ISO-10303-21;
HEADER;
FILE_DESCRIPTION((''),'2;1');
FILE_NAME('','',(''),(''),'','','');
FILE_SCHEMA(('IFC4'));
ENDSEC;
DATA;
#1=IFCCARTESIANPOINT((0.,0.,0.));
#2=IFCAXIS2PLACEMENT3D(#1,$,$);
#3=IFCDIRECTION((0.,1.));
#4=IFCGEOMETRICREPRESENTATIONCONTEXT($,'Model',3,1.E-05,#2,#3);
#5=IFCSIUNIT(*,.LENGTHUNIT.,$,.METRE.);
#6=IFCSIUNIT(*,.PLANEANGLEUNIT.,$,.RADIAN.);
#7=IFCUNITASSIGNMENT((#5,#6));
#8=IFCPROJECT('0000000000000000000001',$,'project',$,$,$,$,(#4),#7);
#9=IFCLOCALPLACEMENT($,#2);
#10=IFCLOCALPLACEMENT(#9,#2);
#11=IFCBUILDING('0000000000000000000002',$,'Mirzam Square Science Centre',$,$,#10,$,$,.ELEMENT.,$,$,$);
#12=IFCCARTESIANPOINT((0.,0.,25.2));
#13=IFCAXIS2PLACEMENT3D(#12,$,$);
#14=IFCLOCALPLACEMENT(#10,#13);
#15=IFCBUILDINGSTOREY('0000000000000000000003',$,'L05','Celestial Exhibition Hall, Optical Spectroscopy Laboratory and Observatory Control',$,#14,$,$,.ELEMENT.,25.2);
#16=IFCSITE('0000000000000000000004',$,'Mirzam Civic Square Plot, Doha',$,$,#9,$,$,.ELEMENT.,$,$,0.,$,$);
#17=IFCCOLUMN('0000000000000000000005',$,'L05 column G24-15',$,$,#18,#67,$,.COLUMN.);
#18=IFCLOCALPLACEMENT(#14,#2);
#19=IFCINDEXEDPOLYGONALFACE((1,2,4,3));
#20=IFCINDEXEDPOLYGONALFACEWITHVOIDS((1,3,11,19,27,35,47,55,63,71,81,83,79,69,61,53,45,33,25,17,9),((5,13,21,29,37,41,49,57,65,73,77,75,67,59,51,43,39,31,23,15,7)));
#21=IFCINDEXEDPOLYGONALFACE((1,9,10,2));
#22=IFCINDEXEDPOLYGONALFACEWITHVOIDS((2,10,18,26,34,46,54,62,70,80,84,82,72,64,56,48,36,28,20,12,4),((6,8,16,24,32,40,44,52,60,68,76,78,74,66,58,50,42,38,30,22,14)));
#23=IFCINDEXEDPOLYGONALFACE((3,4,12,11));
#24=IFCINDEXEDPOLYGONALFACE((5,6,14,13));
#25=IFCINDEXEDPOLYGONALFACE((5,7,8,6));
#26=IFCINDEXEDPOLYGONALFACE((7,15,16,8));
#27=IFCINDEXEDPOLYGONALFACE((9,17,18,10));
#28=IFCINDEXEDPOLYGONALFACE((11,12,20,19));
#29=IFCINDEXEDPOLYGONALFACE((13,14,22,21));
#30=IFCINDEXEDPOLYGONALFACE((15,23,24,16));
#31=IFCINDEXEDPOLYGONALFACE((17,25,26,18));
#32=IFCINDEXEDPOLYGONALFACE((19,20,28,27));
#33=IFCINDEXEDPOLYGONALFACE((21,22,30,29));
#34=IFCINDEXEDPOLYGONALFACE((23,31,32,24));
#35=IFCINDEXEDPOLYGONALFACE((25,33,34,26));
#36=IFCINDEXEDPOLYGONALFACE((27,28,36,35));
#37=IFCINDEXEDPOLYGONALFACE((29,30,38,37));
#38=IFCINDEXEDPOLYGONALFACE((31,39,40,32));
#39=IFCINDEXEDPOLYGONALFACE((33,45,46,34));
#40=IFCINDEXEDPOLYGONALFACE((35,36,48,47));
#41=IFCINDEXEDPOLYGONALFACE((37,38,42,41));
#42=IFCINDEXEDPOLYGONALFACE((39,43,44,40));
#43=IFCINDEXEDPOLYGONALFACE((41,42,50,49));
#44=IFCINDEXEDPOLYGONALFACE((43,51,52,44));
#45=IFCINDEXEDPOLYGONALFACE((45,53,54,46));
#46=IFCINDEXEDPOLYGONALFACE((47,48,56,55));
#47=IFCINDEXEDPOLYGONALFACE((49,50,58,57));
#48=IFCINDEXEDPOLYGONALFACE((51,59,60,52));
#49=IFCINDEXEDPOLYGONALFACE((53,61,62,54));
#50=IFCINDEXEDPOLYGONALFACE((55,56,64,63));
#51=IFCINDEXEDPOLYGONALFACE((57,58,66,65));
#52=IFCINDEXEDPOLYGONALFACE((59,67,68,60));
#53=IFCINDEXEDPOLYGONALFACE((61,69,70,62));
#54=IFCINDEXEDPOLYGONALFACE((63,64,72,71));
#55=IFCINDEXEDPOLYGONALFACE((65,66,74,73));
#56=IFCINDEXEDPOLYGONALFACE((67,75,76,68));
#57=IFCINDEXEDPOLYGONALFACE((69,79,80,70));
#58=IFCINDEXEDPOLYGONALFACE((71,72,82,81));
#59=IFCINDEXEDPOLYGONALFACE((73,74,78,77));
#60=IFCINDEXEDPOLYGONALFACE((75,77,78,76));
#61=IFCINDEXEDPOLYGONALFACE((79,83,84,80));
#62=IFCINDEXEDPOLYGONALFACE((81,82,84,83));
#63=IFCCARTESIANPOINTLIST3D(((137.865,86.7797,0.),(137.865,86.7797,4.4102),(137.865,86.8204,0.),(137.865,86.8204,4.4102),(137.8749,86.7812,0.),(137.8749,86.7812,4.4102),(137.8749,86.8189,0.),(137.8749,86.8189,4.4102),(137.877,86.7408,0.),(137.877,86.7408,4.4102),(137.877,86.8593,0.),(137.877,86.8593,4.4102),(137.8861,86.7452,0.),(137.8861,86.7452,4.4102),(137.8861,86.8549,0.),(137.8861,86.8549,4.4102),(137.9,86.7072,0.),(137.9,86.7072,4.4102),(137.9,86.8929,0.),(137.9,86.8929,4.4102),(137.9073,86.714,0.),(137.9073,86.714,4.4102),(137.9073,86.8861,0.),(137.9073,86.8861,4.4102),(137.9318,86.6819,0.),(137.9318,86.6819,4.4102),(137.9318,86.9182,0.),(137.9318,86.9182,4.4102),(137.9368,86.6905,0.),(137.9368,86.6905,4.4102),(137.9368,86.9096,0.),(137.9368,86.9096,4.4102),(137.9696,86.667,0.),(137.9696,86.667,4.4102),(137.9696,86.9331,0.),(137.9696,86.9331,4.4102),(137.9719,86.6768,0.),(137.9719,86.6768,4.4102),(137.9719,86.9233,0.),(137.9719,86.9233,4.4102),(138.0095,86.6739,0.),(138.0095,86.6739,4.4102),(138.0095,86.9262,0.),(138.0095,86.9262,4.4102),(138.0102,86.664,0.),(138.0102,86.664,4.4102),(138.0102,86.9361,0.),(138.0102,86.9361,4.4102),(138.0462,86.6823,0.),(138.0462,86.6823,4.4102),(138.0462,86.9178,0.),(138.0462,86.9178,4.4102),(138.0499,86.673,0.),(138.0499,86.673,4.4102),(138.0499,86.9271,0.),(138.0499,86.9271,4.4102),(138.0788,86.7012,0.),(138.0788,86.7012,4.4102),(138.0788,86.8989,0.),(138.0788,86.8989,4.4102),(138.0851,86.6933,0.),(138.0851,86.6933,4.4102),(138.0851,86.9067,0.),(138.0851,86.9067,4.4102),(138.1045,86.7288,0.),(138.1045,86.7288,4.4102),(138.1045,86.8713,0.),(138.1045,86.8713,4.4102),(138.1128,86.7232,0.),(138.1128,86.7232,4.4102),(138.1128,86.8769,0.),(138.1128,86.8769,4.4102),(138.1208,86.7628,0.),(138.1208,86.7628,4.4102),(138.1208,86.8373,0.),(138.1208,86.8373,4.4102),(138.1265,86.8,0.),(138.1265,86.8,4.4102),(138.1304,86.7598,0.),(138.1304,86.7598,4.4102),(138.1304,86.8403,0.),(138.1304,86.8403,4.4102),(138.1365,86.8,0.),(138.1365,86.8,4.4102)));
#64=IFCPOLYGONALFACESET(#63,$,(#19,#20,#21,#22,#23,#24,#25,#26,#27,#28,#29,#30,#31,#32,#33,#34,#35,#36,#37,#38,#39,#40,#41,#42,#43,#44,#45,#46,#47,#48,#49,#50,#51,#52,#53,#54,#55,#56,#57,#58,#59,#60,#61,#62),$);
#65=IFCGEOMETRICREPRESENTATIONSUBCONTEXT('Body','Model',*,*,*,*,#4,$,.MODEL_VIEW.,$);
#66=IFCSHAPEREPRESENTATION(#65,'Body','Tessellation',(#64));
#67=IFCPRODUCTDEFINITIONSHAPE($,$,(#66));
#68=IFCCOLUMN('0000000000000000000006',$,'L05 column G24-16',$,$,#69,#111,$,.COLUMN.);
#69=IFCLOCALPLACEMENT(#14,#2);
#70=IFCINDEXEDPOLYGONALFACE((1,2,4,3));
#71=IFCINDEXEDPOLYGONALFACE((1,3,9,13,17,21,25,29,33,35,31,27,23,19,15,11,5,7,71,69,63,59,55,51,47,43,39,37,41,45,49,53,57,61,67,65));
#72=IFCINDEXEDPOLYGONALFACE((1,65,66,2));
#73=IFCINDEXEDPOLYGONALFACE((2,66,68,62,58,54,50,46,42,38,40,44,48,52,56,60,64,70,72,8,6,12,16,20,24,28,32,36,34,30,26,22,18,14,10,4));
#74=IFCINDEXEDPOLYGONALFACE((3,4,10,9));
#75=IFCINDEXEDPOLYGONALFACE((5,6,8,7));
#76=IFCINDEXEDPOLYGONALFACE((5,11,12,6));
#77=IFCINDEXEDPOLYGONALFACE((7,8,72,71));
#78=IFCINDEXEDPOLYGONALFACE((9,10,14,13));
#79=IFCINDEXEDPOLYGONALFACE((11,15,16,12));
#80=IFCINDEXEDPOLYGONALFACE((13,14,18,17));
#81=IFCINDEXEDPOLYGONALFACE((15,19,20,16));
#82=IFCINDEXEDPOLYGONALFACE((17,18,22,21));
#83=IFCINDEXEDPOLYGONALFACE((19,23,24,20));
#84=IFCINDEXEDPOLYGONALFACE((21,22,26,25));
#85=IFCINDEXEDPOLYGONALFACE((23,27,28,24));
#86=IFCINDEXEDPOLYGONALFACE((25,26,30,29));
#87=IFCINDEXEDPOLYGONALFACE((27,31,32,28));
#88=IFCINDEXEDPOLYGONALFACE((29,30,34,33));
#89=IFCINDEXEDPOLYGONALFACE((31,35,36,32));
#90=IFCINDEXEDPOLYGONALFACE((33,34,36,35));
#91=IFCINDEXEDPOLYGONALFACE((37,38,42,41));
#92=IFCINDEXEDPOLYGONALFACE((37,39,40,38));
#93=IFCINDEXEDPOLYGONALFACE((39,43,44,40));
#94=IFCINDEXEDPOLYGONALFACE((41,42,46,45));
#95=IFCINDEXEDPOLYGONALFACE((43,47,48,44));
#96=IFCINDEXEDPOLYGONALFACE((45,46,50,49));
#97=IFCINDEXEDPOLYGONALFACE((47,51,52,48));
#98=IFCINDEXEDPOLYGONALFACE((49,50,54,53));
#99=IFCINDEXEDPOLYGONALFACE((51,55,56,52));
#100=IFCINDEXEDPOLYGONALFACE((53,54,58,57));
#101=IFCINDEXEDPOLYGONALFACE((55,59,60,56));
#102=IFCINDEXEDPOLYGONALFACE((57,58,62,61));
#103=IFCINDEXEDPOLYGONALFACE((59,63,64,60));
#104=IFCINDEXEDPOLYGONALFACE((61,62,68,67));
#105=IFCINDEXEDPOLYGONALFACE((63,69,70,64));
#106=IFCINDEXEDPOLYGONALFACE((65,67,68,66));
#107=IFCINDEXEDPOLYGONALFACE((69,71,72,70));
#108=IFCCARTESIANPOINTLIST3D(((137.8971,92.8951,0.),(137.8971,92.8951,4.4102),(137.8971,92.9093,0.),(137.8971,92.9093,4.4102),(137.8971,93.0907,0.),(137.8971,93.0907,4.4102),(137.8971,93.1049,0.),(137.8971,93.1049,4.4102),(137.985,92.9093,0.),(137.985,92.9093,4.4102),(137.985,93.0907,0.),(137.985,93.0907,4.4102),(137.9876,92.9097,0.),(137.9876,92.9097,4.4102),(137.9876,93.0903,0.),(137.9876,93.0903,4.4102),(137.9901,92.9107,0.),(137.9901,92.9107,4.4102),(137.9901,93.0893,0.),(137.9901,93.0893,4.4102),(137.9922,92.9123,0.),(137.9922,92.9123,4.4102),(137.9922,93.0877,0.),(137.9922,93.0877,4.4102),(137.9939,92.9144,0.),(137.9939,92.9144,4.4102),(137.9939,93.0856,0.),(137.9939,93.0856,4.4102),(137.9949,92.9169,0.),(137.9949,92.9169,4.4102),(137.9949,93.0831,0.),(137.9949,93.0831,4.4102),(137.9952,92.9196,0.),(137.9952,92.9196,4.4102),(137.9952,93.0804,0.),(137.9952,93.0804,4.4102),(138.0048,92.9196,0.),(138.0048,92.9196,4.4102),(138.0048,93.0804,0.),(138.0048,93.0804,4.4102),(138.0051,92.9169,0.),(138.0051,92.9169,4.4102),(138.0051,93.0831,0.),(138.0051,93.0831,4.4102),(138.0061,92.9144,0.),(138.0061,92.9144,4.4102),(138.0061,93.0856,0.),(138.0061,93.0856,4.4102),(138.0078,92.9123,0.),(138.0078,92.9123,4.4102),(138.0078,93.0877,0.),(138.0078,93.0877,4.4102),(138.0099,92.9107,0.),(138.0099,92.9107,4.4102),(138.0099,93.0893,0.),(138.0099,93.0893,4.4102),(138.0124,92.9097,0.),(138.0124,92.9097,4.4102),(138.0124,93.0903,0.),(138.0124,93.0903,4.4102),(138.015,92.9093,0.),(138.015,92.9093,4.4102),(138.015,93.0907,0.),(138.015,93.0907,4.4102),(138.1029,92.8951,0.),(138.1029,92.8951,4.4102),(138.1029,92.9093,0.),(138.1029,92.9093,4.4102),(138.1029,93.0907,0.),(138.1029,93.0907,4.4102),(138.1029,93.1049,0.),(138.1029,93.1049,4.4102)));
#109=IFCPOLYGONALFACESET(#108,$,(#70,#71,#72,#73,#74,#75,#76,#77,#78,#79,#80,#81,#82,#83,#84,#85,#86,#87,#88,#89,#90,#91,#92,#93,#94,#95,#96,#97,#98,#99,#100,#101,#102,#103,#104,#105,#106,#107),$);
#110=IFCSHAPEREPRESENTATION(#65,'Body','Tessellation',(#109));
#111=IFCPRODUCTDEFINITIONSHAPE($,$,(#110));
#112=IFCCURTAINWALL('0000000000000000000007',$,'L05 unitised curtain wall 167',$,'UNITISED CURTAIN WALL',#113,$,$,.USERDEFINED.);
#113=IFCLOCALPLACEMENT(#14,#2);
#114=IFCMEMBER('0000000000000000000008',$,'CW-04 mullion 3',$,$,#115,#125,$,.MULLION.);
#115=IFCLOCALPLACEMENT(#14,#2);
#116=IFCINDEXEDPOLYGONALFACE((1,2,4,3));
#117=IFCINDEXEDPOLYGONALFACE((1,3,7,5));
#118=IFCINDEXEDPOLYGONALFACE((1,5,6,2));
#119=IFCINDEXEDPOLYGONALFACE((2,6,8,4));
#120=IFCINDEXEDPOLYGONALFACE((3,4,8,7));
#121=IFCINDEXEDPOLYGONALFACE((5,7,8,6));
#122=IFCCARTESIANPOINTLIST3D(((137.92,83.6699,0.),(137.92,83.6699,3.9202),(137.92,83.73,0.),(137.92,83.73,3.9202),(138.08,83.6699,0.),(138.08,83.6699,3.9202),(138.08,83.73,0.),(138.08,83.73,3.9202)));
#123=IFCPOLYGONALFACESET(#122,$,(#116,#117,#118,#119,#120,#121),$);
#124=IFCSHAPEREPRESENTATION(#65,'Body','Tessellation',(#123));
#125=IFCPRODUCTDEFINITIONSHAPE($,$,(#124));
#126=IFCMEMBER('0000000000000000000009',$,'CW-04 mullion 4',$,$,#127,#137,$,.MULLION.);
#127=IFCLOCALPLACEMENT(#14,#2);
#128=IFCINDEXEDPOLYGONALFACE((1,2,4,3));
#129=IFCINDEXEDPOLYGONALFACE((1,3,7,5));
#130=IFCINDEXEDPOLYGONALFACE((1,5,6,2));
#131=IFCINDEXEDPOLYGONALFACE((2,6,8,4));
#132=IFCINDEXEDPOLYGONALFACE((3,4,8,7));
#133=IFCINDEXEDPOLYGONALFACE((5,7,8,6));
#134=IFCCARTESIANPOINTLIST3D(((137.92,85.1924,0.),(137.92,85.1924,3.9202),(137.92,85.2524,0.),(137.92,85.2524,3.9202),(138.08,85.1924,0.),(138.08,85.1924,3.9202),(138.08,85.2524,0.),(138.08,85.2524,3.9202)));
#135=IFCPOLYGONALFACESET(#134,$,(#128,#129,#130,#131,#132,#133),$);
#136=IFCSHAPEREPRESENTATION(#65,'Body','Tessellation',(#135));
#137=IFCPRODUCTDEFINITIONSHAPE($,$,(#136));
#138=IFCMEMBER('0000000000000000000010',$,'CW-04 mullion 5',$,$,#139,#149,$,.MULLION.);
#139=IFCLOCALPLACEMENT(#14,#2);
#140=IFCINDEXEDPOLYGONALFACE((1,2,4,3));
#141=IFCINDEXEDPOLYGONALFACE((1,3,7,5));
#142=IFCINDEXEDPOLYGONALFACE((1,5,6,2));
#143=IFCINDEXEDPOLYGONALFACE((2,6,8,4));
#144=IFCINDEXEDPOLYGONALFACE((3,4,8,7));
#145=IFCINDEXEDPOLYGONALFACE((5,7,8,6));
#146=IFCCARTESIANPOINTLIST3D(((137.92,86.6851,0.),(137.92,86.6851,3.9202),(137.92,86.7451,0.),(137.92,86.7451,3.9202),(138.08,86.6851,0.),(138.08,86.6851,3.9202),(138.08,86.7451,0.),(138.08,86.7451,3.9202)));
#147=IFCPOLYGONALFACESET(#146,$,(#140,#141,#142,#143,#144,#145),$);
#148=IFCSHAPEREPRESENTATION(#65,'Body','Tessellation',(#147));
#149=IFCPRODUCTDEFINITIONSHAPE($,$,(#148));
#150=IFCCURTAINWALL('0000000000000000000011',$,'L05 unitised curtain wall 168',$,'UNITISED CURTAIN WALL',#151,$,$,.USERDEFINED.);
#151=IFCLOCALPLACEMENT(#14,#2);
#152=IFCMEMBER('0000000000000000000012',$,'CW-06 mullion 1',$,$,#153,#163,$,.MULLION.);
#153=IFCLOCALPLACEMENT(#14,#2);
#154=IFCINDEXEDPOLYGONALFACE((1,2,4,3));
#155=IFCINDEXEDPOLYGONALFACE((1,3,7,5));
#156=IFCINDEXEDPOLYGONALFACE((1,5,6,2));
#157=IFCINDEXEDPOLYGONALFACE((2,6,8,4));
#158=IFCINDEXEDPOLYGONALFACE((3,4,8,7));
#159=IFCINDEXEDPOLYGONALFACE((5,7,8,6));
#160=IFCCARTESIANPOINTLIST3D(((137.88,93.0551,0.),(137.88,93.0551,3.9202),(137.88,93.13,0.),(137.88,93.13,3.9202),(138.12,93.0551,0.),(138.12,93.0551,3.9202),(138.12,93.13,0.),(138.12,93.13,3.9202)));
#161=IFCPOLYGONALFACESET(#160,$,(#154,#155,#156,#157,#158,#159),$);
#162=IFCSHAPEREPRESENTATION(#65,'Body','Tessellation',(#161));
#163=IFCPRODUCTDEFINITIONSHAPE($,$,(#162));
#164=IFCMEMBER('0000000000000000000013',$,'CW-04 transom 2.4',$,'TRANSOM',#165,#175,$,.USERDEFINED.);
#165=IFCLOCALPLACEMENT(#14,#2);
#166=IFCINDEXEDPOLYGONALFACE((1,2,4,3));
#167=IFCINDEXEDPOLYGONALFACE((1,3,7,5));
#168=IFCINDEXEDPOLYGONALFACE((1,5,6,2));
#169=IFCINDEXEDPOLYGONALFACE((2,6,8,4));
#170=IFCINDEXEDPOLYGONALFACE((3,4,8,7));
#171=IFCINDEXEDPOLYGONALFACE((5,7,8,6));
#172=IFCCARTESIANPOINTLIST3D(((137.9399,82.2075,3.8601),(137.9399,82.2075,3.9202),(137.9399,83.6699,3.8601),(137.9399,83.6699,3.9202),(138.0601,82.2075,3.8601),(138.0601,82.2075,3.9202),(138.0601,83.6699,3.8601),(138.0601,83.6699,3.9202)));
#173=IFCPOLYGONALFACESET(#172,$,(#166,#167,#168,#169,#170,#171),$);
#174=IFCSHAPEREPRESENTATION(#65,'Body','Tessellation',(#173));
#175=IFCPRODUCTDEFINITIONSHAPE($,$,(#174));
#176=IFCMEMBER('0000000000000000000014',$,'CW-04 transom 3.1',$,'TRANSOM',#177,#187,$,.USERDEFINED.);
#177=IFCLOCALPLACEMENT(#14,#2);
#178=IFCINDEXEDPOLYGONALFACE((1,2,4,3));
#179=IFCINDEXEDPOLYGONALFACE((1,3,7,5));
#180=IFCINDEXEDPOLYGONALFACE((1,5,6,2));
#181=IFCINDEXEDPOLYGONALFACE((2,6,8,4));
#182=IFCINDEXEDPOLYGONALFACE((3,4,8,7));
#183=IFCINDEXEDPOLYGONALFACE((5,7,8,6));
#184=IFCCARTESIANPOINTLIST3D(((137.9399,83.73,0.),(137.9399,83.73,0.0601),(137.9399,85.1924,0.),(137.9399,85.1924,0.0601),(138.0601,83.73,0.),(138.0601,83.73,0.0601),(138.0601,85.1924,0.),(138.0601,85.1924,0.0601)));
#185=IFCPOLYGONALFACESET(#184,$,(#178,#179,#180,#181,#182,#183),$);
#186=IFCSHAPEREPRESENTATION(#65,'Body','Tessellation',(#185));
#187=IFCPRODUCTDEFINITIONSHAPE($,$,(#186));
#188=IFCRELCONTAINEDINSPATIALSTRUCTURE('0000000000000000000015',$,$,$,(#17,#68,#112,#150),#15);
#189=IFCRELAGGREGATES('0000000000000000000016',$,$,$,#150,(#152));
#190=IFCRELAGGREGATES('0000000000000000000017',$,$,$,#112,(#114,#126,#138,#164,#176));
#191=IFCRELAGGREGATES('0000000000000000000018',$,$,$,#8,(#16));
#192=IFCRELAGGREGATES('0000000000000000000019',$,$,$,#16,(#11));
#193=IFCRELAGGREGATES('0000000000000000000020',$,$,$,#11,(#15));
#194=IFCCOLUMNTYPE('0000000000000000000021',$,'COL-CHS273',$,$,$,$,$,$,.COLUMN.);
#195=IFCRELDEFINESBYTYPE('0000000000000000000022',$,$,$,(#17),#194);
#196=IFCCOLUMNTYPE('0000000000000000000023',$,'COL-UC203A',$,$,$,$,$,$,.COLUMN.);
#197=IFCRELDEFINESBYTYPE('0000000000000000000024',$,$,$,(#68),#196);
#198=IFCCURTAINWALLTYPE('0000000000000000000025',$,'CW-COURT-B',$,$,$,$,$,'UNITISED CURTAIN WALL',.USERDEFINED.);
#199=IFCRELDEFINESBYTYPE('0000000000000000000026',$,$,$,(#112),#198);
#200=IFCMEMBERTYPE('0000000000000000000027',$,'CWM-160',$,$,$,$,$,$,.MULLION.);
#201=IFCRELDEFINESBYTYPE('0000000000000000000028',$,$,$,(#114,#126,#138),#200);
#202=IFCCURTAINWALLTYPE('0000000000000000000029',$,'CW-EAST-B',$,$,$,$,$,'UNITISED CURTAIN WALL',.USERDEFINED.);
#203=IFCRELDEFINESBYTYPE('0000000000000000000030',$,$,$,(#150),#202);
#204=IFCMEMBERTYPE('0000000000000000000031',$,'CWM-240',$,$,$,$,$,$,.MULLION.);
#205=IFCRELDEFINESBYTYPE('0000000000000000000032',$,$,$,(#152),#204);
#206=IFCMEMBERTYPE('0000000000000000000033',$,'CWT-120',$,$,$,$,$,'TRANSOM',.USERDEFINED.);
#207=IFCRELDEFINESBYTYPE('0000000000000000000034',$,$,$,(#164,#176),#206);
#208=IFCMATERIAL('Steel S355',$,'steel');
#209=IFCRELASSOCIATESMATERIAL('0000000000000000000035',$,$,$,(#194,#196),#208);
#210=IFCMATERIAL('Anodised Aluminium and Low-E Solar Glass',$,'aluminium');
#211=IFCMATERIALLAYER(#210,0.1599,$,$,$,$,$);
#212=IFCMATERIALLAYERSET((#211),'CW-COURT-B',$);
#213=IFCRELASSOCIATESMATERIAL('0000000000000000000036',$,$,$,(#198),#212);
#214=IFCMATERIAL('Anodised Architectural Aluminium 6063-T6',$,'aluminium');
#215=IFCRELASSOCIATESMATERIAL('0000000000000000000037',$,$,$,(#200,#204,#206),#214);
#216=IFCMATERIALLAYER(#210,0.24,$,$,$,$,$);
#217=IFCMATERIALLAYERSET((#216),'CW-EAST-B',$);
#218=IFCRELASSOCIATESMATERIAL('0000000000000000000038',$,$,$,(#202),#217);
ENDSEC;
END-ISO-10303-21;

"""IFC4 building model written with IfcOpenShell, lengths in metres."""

from ifc_helpers import new_model, si_unit, direction, frame, origin, origin_2d, place, context, subcontext, project, spatial, rectangle, hollow_circle, i_section, extrude, material, layer, layer_set, material_profile, profile_set, type_object, element, aggregate, save


model = new_model("IFC4")

# Units and contexts
model_context = context("Model", 3, precision=1e-05, world=origin(), true_north=direction((0.0, 1.0)))
body_context = subcontext(model_context, "Body", "Model", "MODEL_VIEW")
ifc_project = project(units=[si_unit("LENGTHUNIT", "METRE"), si_unit("PLANEANGLEUNIT", "RADIAN")], contexts=[model_context])

# Site, building, storey
site_placement = place(None, origin())
site = spatial("IfcSite", under=ifc_project, at=site_placement, Name="Mirzam Civic Square Plot, Doha", CompositionType="ELEMENT", RefElevation=0.0)
building_placement = place(site_placement, origin())
building = spatial("IfcBuilding", under=site, at=building_placement, Name="Mirzam Square Science Centre", CompositionType="ELEMENT")
storey_placement = place(building_placement, frame((0.0, 0.0, 25.2)))
storey = spatial("IfcBuildingStorey", under=building, at=storey_placement, Name="L05", Description="Celestial Exhibition Hall, Optical Spectroscopy Laboratory and Observatory Control", CompositionType="ELEMENT", Elevation=25.2)

# Columns
ifc_material_1 = material(Name="Steel S355", Category="steel")
ifc_material_profile_1 = material_profile(ifc_material_1, hollow_circle(Radius=0.1365, WallThickness=0.01, at=origin_2d()), Name="273.0x10.0CHS")
ifc_profile_set_1 = profile_set([ifc_material_profile_1], Name="Steel S355")
column_type_1 = type_object("IfcColumnType", Name="COL-CHS273", PredefinedType="COLUMN", material=ifc_profile_set_1)
column_1_placement = place(storey_placement, frame((138.0, 86.8, 0.0), z_axis=(0.0, 0.0, 1.0), x_axis=(1.0, 0.0, 0.0)))
element("IfcColumn", 1, at=column_1_placement, inside=storey, type_object=column_type_1, Name="L05 column G24-15", PredefinedType="COLUMN", context=body_context, shape_type="SweptSolid", body=[
    extrude(hollow_circle(Radius=0.1365, WallThickness=0.01, at=origin_2d()), origin(), (0.0, 0.0, 1.0), 4.4102),
])
ifc_material_profile_2 = material_profile(ifc_material_1, i_section(OverallWidth=0.2058, OverallDepth=0.2097, WebThickness=0.0095, FlangeThickness=0.0142, FilletRadius=0.0103, at=origin_2d()), Name="203x203x60UC")
ifc_profile_set_2 = profile_set([ifc_material_profile_2], Name="Steel S355")
column_type_2 = type_object("IfcColumnType", Name="COL-UC203A", PredefinedType="COLUMN", material=ifc_profile_set_2)
column_2_placement = place(storey_placement, frame((138.0, 93.0, 0.0), z_axis=(0.0, 0.0, 1.0), x_axis=(1.0, 0.0, 0.0)))
element("IfcColumn", 2, at=column_2_placement, inside=storey, type_object=column_type_2, Name="L05 column G24-16", PredefinedType="COLUMN", context=body_context, shape_type="SweptSolid", body=[
    extrude(i_section(OverallWidth=0.2058, OverallDepth=0.2097, WebThickness=0.0095, FlangeThickness=0.0142, FilletRadius=0.0103, at=origin_2d()), origin(), (0.0, 0.0, 1.0), 4.4102),
])

# Curtain wall, members
ifc_material_2 = material(Name="Anodised Aluminium and Low-E Solar Glass", Category="aluminium")
ifc_layer_1 = layer(ifc_material_2, 0.1599)
ifc_layer_set_1 = layer_set([ifc_layer_1], Name="CW-COURT-B")
curtain_wall_type_1 = type_object("IfcCurtainWallType", Name="CW-COURT-B", ElementType="UNITISED CURTAIN WALL", PredefinedType="USERDEFINED", material=ifc_layer_set_1)
curtain_wall_1_placement = place(storey_placement, origin())
curtain_wall_1 = element("IfcCurtainWall", 3, at=curtain_wall_1_placement, inside=storey, type_object=curtain_wall_type_1, Name="L05 unitised curtain wall 167", ObjectType="UNITISED CURTAIN WALL", PredefinedType="USERDEFINED")
ifc_material_3 = material(Name="Anodised Architectural Aluminium 6063-T6", Category="aluminium")
ifc_material_profile_3 = material_profile(ifc_material_3, rectangle(XDim=0.0601, YDim=0.1599, at=origin_2d()), Name="ALU-MULL-160x60x4")
ifc_profile_set_3 = profile_set([ifc_material_profile_3], Name="Anodised Architectural Aluminium 6063-T6")
member_type_1 = type_object("IfcMemberType", Name="CWM-160", PredefinedType="MULLION", material=ifc_profile_set_3)
member_1_placement = place(storey_placement, frame((138.0, 83.7, 0.0), z_axis=(0.0, 0.0, 1.0), x_axis=(0.0, 1.0, 0.0)))
member_1 = element("IfcMember", 4, at=member_1_placement, type_object=member_type_1, Name="CW-04 mullion 3", PredefinedType="MULLION", context=body_context, shape_type="SweptSolid", body=[
    extrude(rectangle(XDim=0.0601, YDim=0.1599, at=origin_2d()), origin(), (0.0, 0.0, 1.0), 3.9202),
])
member_2_placement = place(storey_placement, frame((138.0, 85.2224, 0.0), z_axis=(0.0, 0.0, 1.0), x_axis=(0.0, 1.0, 0.0)))
member_2 = element("IfcMember", 5, at=member_2_placement, type_object=member_type_1, Name="CW-04 mullion 4", PredefinedType="MULLION", context=body_context, shape_type="SweptSolid", body=[
    extrude(rectangle(XDim=0.0601, YDim=0.1599, at=origin_2d()), origin(), (0.0, 0.0, 1.0), 3.9202),
])
member_3_placement = place(storey_placement, frame((138.0, 86.7151, 0.0), z_axis=(0.0, 0.0, 1.0), x_axis=(0.0, 1.0, 0.0)))
member_3 = element("IfcMember", 6, at=member_3_placement, type_object=member_type_1, Name="CW-04 mullion 5", PredefinedType="MULLION", context=body_context, shape_type="SweptSolid", body=[
    extrude(rectangle(XDim=0.0601, YDim=0.1599, at=origin_2d()), origin(), (0.0, 0.0, 1.0), 3.9202),
])

# Curtain wall, member
ifc_layer_2 = layer(ifc_material_2, 0.24)
ifc_layer_set_2 = layer_set([ifc_layer_2], Name="CW-EAST-B")
curtain_wall_type_2 = type_object("IfcCurtainWallType", Name="CW-EAST-B", ElementType="UNITISED CURTAIN WALL", PredefinedType="USERDEFINED", material=ifc_layer_set_2)
curtain_wall_2_placement = place(storey_placement, origin())
curtain_wall_2 = element("IfcCurtainWall", 7, at=curtain_wall_2_placement, inside=storey, type_object=curtain_wall_type_2, Name="L05 unitised curtain wall 168", ObjectType="UNITISED CURTAIN WALL", PredefinedType="USERDEFINED")
ifc_material_profile_4 = material_profile(ifc_material_3, rectangle(XDim=0.075, YDim=0.24, at=origin_2d()), Name="ALU-MULL-240x75x5")
ifc_profile_set_4 = profile_set([ifc_material_profile_4], Name="Anodised Architectural Aluminium 6063-T6")
member_type_2 = type_object("IfcMemberType", Name="CWM-240", PredefinedType="MULLION", material=ifc_profile_set_4)
member_4_placement = place(storey_placement, frame((138.0, 93.0925, 0.0), z_axis=(0.0, 0.0, 1.0), x_axis=(0.0, 1.0, 0.0)))
member_4 = element("IfcMember", 8, at=member_4_placement, type_object=member_type_2, Name="CW-06 mullion 1", PredefinedType="MULLION", context=body_context, shape_type="SweptSolid", body=[
    extrude(rectangle(XDim=0.075, YDim=0.24, at=origin_2d()), origin(), (0.0, 0.0, 1.0), 3.9202),
])

# Members
ifc_material_profile_5 = material_profile(ifc_material_3, rectangle(XDim=0.1201, YDim=0.0601, at=origin_2d()), Name="ALU-TRAN-120x60x4")
ifc_profile_set_5 = profile_set([ifc_material_profile_5], Name="Anodised Architectural Aluminium 6063-T6")
member_type_3 = type_object("IfcMemberType", Name="CWT-120", ElementType="TRANSOM", PredefinedType="USERDEFINED", material=ifc_profile_set_5)
member_5_placement = place(storey_placement, frame((138.0, 82.2075, 3.8901), z_axis=(0.0, 1.0, 0.0), x_axis=(-1.0, 0.0, 0.0)))
member_5 = element("IfcMember", 9, at=member_5_placement, type_object=member_type_3, Name="CW-04 transom 2.4", ObjectType="TRANSOM", PredefinedType="USERDEFINED", context=body_context, shape_type="SweptSolid", body=[
    extrude(rectangle(XDim=0.1201, YDim=0.0601, at=origin_2d()), origin(), (0.0, 0.0, 1.0), 1.4624),
])
member_6_placement = place(storey_placement, frame((138.0, 83.73, 0.03), z_axis=(0.0, 1.0, 0.0), x_axis=(-1.0, 0.0, 0.0)))
member_6 = element("IfcMember", 10, at=member_6_placement, type_object=member_type_3, Name="CW-04 transom 3.1", ObjectType="TRANSOM", PredefinedType="USERDEFINED", context=body_context, shape_type="SweptSolid", body=[
    extrude(rectangle(XDim=0.1201, YDim=0.0601, at=origin_2d()), origin(), (0.0, 0.0, 1.0), 1.4624),
])
aggregate(curtain_wall_2, [member_4])

aggregate(curtain_wall_1, [member_1, member_2, member_3, member_5, member_6])

save(model, "model.ifc")
